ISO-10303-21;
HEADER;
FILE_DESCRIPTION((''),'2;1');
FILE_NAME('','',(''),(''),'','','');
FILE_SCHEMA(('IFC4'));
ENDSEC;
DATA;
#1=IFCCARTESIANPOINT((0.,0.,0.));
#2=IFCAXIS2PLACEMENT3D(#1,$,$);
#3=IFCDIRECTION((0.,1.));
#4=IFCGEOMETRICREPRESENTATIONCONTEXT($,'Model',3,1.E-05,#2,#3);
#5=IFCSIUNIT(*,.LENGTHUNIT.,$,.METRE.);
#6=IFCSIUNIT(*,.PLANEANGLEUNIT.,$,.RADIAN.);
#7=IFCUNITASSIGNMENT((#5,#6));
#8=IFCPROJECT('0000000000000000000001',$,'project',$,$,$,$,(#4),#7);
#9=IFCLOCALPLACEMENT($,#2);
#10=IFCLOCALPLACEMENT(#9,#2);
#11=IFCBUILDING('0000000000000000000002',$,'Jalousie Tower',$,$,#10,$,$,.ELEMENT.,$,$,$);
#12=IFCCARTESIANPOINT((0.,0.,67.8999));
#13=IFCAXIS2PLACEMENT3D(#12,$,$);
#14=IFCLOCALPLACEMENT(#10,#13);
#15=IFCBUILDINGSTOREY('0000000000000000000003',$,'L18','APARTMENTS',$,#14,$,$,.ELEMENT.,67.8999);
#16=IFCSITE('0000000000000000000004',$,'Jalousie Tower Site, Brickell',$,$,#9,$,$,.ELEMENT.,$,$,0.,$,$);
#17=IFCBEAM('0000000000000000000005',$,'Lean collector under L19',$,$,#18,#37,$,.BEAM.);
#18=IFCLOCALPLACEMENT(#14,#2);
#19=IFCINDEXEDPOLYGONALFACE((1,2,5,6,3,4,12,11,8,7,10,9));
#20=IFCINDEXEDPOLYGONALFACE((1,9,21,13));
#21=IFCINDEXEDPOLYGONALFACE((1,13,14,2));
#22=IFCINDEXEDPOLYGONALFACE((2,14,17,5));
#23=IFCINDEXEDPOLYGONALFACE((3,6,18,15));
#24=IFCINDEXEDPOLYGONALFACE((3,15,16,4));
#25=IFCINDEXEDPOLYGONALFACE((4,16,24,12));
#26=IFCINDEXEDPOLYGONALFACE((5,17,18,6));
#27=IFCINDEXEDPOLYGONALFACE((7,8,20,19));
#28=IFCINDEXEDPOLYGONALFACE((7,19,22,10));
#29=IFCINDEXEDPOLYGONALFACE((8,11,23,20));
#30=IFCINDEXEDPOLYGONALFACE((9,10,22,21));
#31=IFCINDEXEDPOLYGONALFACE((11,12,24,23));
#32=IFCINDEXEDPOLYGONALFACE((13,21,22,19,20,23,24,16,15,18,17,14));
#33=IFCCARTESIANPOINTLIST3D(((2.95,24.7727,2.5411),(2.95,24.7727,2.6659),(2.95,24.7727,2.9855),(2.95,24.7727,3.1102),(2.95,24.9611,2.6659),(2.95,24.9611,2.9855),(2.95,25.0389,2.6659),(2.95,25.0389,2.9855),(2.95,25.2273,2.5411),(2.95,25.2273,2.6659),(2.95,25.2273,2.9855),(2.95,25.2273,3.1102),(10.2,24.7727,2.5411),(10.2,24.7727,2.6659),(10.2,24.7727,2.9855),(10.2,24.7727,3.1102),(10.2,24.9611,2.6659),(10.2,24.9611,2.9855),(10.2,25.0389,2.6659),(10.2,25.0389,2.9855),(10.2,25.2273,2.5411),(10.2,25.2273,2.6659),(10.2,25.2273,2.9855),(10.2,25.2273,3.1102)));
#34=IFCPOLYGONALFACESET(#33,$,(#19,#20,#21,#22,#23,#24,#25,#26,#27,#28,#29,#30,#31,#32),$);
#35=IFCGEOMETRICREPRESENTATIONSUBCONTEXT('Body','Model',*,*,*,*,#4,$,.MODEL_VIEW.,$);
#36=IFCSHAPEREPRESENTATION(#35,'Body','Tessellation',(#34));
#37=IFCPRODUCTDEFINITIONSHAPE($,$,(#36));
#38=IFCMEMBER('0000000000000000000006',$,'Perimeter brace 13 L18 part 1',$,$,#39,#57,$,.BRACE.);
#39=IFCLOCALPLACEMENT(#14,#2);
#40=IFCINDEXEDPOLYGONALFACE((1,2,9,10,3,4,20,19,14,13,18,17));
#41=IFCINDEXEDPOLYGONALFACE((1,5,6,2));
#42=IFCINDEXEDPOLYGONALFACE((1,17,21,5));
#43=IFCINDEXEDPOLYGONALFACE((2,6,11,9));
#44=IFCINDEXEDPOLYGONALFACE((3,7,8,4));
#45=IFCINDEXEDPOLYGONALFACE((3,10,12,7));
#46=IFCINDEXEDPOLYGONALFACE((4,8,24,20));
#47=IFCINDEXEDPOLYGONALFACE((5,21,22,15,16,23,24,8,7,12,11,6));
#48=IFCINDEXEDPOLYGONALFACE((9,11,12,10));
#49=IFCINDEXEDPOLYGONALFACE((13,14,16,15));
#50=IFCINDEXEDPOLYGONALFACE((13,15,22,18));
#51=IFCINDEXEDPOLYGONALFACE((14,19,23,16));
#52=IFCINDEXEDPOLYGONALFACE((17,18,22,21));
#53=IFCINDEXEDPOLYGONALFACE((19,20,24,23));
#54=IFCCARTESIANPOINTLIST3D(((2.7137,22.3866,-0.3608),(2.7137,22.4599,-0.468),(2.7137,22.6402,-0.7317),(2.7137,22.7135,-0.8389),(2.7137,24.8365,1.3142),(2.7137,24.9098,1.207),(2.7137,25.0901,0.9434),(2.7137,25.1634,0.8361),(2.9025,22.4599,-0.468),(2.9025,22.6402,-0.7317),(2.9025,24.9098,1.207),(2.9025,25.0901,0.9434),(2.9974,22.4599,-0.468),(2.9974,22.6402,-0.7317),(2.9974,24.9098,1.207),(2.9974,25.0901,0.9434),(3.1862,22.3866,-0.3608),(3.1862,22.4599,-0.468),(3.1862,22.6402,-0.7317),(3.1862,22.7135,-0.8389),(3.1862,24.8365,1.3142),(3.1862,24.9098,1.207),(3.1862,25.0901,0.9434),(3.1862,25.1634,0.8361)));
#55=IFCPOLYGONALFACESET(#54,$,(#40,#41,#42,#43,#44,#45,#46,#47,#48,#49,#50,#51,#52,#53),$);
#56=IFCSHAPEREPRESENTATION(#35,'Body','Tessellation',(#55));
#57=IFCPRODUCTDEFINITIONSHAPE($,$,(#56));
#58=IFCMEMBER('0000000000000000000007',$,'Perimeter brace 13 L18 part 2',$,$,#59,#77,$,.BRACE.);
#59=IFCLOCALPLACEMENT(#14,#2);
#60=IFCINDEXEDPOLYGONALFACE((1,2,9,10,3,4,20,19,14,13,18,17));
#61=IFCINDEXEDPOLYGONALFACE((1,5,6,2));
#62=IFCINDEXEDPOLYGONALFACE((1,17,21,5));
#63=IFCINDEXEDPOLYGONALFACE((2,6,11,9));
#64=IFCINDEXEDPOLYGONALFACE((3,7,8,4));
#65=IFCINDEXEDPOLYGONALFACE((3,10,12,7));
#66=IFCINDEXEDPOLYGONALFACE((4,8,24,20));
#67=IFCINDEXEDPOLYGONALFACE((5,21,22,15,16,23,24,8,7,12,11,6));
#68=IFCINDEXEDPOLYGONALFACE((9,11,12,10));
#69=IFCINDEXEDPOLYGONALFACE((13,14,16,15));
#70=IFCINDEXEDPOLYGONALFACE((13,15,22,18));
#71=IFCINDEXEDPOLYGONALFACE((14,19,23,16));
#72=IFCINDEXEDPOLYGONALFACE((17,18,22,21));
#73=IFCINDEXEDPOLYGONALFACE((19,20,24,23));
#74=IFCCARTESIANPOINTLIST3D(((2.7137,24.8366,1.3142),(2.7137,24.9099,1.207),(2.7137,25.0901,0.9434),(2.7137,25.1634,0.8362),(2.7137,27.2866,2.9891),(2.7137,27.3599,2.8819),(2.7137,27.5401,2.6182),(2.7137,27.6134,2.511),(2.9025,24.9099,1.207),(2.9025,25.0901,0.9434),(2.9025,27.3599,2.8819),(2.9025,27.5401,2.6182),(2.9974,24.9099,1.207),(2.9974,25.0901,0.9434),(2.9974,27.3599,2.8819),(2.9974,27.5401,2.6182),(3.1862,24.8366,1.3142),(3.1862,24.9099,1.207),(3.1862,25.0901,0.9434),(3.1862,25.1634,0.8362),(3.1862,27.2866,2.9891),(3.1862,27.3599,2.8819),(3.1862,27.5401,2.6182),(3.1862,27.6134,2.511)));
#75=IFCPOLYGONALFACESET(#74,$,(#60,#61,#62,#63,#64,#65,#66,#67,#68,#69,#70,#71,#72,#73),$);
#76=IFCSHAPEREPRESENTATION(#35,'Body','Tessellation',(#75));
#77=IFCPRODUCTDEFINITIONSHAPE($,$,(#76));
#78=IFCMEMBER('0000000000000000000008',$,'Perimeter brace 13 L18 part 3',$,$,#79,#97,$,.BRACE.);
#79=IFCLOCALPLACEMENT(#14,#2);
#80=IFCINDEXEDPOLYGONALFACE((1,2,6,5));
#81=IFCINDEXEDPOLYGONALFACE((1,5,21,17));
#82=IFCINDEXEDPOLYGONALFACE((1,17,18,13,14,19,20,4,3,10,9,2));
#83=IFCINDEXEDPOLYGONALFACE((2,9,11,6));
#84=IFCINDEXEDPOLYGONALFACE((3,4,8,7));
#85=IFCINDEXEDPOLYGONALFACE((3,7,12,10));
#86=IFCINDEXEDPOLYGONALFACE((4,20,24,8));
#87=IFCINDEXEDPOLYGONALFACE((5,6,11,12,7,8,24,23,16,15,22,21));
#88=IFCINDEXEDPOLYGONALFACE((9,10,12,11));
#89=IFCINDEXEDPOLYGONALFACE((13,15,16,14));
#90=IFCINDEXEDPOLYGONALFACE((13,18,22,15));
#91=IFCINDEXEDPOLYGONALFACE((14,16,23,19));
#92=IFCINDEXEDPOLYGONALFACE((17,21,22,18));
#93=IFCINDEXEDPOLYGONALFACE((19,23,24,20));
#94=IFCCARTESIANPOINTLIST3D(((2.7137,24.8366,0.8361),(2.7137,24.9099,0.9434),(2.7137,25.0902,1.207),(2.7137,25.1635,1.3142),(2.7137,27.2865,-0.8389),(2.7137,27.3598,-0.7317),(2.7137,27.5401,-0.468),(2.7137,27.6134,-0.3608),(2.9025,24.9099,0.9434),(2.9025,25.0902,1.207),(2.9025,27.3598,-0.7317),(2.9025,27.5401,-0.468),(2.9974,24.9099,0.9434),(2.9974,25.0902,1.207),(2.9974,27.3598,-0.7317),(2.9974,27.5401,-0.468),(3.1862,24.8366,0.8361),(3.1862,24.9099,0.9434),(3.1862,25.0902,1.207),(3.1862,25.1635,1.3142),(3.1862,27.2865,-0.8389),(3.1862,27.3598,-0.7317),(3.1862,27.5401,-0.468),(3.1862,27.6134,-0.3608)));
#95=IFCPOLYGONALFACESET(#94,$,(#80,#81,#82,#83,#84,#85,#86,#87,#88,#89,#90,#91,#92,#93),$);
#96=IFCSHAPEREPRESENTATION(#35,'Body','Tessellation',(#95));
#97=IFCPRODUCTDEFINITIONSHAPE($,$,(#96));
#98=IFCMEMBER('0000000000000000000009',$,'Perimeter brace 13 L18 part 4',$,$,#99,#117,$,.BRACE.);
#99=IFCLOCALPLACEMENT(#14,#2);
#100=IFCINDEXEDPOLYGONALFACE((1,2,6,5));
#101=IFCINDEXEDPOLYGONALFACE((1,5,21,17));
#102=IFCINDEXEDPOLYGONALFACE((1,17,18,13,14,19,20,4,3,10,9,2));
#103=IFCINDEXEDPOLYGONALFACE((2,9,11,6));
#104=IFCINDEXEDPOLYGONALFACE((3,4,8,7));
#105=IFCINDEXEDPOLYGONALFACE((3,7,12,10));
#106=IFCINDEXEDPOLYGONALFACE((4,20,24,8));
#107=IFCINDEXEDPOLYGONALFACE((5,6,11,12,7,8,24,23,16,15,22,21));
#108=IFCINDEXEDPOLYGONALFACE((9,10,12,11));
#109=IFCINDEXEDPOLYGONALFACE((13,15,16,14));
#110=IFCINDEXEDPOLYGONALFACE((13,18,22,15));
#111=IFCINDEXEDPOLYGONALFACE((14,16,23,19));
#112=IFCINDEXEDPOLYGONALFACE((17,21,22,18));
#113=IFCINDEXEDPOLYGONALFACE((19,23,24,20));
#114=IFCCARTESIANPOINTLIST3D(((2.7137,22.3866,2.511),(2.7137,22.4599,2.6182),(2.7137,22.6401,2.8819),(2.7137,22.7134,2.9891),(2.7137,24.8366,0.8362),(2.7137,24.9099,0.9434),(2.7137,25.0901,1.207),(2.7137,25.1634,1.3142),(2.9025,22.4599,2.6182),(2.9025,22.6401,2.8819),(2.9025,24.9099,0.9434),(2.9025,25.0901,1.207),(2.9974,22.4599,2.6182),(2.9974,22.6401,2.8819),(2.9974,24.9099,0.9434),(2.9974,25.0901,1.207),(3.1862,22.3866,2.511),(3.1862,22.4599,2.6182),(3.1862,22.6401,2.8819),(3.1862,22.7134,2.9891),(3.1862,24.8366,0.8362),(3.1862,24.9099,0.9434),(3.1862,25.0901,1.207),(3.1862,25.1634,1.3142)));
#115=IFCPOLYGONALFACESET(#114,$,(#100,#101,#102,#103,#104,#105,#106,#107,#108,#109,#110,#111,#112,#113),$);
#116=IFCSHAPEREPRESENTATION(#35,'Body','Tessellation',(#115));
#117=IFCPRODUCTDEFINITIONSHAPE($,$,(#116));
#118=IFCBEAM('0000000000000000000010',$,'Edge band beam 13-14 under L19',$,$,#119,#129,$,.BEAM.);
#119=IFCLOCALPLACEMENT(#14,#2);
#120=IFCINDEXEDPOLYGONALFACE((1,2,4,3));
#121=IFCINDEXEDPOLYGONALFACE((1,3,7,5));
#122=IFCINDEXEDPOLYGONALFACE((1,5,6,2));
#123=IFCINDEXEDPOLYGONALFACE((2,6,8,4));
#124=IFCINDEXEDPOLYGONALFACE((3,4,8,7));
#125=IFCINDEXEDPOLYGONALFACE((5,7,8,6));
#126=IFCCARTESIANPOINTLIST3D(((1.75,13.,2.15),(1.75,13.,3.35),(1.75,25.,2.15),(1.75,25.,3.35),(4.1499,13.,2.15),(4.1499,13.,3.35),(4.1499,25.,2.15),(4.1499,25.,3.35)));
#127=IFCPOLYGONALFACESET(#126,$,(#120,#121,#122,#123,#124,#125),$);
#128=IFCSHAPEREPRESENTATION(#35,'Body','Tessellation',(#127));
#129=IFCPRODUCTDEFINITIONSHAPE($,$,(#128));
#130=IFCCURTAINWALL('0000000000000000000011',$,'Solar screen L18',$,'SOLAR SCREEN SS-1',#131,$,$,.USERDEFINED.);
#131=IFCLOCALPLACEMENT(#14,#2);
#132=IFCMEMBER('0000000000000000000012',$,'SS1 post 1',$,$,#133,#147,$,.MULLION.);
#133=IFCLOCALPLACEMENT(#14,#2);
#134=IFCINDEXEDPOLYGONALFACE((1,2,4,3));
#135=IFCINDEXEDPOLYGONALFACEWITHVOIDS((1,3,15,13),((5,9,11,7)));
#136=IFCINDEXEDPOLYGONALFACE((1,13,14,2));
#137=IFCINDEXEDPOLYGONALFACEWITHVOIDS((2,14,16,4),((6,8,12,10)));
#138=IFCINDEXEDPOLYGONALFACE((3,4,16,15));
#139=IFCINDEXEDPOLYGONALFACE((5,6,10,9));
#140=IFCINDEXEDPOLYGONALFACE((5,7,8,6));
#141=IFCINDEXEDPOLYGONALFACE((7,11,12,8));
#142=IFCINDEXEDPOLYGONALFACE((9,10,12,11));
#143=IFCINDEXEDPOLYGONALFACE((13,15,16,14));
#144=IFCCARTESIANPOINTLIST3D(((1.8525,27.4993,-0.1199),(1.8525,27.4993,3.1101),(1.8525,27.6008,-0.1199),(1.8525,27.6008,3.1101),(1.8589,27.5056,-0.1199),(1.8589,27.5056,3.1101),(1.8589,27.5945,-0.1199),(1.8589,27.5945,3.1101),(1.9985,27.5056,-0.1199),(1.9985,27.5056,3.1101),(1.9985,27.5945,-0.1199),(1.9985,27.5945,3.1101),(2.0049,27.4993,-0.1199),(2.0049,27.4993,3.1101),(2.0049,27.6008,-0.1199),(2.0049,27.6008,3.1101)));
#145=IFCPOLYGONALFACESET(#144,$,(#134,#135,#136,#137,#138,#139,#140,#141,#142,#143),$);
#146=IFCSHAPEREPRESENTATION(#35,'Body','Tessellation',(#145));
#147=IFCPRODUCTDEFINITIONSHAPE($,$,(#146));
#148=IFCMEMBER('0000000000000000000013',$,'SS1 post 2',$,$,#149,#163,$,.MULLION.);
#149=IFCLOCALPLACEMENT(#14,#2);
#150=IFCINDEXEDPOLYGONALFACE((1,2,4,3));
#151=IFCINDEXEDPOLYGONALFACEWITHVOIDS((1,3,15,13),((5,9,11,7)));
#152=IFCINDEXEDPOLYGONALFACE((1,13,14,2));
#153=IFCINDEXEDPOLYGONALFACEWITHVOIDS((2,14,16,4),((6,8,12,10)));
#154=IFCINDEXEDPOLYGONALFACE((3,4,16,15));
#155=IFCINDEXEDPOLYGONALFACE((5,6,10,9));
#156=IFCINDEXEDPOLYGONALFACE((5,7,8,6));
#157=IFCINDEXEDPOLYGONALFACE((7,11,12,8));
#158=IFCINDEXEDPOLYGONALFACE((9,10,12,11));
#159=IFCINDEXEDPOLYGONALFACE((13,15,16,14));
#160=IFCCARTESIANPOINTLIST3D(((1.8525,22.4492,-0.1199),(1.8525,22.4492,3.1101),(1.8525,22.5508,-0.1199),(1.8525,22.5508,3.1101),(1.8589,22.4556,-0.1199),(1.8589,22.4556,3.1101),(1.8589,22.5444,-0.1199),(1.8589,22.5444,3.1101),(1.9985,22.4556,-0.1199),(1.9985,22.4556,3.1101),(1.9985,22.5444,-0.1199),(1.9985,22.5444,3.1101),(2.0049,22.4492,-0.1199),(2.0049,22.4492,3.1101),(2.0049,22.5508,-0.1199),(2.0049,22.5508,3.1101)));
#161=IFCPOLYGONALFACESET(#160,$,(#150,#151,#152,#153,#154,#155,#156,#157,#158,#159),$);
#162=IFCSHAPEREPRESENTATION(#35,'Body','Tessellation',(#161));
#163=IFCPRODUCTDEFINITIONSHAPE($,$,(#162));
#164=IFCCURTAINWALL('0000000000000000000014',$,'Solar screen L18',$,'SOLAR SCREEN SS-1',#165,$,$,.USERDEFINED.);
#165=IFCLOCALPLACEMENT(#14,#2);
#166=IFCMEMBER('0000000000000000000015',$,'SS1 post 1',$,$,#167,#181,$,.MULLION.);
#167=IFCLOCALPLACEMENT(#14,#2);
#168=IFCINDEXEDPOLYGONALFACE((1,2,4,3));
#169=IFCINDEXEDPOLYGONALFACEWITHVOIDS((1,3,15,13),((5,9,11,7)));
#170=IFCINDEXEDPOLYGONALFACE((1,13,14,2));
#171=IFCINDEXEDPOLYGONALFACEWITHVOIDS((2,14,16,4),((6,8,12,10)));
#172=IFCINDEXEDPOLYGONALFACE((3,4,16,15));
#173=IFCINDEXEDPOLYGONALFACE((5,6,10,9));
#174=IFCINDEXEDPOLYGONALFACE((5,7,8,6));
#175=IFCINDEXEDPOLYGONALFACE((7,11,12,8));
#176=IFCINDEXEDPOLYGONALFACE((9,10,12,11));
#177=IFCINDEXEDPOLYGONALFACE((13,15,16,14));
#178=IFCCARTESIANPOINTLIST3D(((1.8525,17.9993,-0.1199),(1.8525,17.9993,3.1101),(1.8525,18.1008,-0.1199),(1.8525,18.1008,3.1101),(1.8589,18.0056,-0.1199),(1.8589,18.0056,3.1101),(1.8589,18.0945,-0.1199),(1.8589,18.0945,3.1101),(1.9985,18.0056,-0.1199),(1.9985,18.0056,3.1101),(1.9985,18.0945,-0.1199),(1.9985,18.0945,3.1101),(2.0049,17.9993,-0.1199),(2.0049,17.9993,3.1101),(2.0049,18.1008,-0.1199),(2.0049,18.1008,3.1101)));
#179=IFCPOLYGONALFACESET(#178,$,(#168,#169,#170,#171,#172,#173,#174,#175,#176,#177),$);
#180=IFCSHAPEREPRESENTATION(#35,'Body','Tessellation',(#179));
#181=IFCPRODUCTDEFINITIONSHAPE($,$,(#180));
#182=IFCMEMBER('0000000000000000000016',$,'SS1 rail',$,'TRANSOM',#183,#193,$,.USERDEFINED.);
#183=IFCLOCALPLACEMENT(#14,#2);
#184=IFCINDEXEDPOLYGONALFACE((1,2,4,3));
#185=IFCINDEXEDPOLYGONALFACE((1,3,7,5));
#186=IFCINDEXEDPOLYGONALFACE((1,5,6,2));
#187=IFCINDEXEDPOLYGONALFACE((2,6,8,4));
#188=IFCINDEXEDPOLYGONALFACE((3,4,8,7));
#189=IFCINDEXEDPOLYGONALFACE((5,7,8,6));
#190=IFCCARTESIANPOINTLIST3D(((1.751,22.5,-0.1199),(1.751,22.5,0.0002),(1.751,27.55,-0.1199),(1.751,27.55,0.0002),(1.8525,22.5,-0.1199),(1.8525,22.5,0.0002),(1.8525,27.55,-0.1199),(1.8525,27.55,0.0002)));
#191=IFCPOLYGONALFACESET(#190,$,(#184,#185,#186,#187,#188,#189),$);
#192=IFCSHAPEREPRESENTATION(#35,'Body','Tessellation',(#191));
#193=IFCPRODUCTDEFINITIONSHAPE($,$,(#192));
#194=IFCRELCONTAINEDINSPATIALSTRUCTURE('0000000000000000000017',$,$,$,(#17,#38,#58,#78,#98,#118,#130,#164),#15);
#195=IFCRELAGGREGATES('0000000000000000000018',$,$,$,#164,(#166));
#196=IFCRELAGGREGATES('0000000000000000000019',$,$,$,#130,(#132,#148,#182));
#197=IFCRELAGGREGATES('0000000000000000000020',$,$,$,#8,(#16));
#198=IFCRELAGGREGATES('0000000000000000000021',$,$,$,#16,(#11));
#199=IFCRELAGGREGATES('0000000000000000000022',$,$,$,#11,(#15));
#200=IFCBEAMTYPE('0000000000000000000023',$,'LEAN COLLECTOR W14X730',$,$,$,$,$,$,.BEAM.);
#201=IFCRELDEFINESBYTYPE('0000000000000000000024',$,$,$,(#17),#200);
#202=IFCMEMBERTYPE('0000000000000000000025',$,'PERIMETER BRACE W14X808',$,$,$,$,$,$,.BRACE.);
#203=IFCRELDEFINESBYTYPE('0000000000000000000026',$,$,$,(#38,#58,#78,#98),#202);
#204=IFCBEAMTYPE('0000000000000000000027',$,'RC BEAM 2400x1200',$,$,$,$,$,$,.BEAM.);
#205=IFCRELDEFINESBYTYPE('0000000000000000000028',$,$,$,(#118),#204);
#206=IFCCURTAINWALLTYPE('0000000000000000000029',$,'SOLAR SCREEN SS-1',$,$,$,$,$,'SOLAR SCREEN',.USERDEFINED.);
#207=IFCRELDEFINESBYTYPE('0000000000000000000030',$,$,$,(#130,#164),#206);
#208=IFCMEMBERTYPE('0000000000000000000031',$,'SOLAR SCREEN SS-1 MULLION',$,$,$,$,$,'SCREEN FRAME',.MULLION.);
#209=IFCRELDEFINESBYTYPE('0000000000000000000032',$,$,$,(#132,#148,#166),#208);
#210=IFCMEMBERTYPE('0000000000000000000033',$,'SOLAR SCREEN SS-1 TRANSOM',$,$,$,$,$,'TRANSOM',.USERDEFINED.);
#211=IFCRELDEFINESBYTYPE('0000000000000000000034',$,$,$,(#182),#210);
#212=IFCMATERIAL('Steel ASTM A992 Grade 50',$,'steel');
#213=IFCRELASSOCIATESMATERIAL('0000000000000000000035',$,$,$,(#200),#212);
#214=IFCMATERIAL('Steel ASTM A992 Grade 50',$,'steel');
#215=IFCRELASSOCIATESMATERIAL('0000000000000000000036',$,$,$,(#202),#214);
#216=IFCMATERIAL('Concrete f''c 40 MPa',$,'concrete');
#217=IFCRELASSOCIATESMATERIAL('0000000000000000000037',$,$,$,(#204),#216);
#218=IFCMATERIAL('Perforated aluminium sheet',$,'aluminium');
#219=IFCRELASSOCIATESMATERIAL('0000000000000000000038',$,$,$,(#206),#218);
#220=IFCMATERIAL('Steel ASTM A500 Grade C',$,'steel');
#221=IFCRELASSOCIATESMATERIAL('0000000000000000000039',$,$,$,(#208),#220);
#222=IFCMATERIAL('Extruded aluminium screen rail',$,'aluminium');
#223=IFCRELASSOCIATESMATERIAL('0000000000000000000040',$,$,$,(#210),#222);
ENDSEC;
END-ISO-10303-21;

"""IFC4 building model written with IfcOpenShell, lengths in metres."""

from ifc_helpers import new_model, si_unit, direction, frame, origin, origin_2d, place, context, subcontext, project, spatial, rectangle, hollow_rectangle, i_section, extrude, material, material_profile, profile_set, type_object, element, aggregate, save


model = new_model("IFC4")

# Units and contexts
model_context = context("Model", 3, precision=1e-05, world=origin(), true_north=direction((0.0, 1.0)))
body_context = subcontext(model_context, "Body", "Model", "MODEL_VIEW")
ifc_project = project(units=[si_unit("LENGTHUNIT", "METRE"), si_unit("PLANEANGLEUNIT", "RADIAN")], contexts=[model_context])

# Site, building, storey
site_placement = place(None, origin())
site = spatial("IfcSite", under=ifc_project, at=site_placement, Name="Jalousie Tower Site, Brickell", CompositionType="ELEMENT", RefElevation=0.0)
building_placement = place(site_placement, origin())
building = spatial("IfcBuilding", under=site, at=building_placement, Name="Jalousie Tower", CompositionType="ELEMENT")
storey_placement = place(building_placement, frame((0.0, 0.0, 67.8999)))
storey = spatial("IfcBuildingStorey", under=building, at=storey_placement, Name="L18", Description="APARTMENTS", CompositionType="ELEMENT", Elevation=67.8999)

# Beam
ifc_material_1 = material(Name="Steel ASTM A992 Grade 50", Category="steel")
ifc_material_profile_1 = material_profile(ifc_material_1, i_section(OverallWidth=0.4546, OverallDepth=0.5691, WebThickness=0.0779, FlangeThickness=0.1248, at=origin_2d()), Name="W14X730")
ifc_profile_set_1 = profile_set([ifc_material_profile_1], Name="Steel ASTM A992 Grade 50")
beam_type_1 = type_object("IfcBeamType", Name="LEAN COLLECTOR W14X730", PredefinedType="BEAM", material=ifc_profile_set_1)
beam_1_placement = place(storey_placement, frame((2.95, 25.0, 2.8257), z_axis=(1.0, 0.0, 0.0), x_axis=(0.0, 1.0, 0.0)))
element("IfcBeam", 1, at=beam_1_placement, inside=storey, type_object=beam_type_1, Name="Lean collector under L19", PredefinedType="BEAM", context=body_context, shape_type="SweptSolid", body=[
    extrude(i_section(OverallWidth=0.4546, OverallDepth=0.5691, WebThickness=0.0779, FlangeThickness=0.1248, at=origin_2d()), origin(), (0.0, 0.0, 1.0), 7.25),
])

# Members
ifc_material_2 = material(Name="Steel ASTM A992 Grade 50", Category="steel")
ifc_material_profile_2 = material_profile(ifc_material_2, i_section(OverallWidth=0.4724, OverallDepth=0.5791, WebThickness=0.095, FlangeThickness=0.1299, at=origin_2d()), Name="W14X808")
ifc_profile_set_2 = profile_set([ifc_material_profile_2], Name="Steel ASTM A992 Grade 50")
member_type_1 = type_object("IfcMemberType", Name="PERIMETER BRACE W14X808", PredefinedType="BRACE", material=ifc_profile_set_2)
for number, where, z_axis, x_axis, name in (
    (2, (2.95, 22.55, -0.5999), (0.0, 0.825501, 0.564401), (-1.0, 0.0, 0.0), "Perimeter brace 13 L18 part 1"),
    (3, (2.95, 25.0, 1.0752), (0.0, 0.825539, 0.564345), (-1.0, 0.0, 0.0), "Perimeter brace 13 L18 part 2"),
    (4, (2.95, 27.45, -0.5999), (0.0, -0.825501, 0.564401), (1.0, 0.0, 0.0), "Perimeter brace 13 L18 part 3"),
    (5, (2.95, 25.0, 1.0752), (0.0, -0.825539, 0.564345), (1.0, 0.0, 0.0), "Perimeter brace 13 L18 part 4"),
):
    element("IfcMember", number, at=place(storey_placement, frame(where, z_axis=z_axis, x_axis=x_axis)), inside=storey, type_object=member_type_1, Name=name, PredefinedType="BRACE", context=body_context, shape_type="SweptSolid", body=[
        extrude(i_section(OverallWidth=0.4724, OverallDepth=0.5791, WebThickness=0.095, FlangeThickness=0.1299, at=origin_2d()), origin(), (0.0, 0.0, 1.0), 2.9678),
    ])

# Beam
ifc_material_3 = material(Name="Concrete f'c 40 MPa", Category="concrete")
ifc_material_profile_3 = material_profile(ifc_material_3, rectangle(XDim=2.3999, YDim=1.2, at=origin_2d()), Name="RC 2400x1200")
ifc_profile_set_3 = profile_set([ifc_material_profile_3], Name="Concrete f'c 40 MPa")
beam_type_2 = type_object("IfcBeamType", Name="RC BEAM 2400x1200", PredefinedType="BEAM", material=ifc_profile_set_3)
beam_2_placement = place(storey_placement, frame((2.95, 25.0, 2.75), z_axis=(0.0, -1.0, 0.0), x_axis=(1.0, 0.0, 0.0)))
element("IfcBeam", 6, at=beam_2_placement, inside=storey, type_object=beam_type_2, Name="Edge band beam 13-14 under L19", PredefinedType="BEAM", context=body_context, shape_type="SweptSolid", body=[
    extrude(rectangle(XDim=2.3999, YDim=1.2, at=origin_2d()), origin(), (0.0, 0.0, 1.0), 12.0),
])

# Curtain wall, members
ifc_material_4 = material(Name="Perforated aluminium sheet", Category="aluminium")
curtain_wall_type = type_object("IfcCurtainWallType", Name="SOLAR SCREEN SS-1", ElementType="SOLAR SCREEN", PredefinedType="USERDEFINED", material=ifc_material_4)
curtain_wall_1_placement = place(storey_placement, origin())
curtain_wall_1 = element("IfcCurtainWall", 7, at=curtain_wall_1_placement, inside=storey, type_object=curtain_wall_type, Name="Solar screen L18", ObjectType="SOLAR SCREEN SS-1", PredefinedType="USERDEFINED")
ifc_material_5 = material(Name="Steel ASTM A500 Grade C", Category="steel")
ifc_material_profile_4 = material_profile(ifc_material_5, hollow_rectangle(XDim=0.1016, YDim=0.1523, WallThickness=0.0063, at=origin_2d()), Name="HSS6X4X1/4")
ifc_profile_set_4 = profile_set([ifc_material_profile_4], Name="Steel ASTM A500 Grade C")
member_type_2 = type_object("IfcMemberType", Name="SOLAR SCREEN SS-1 MULLION", ElementType="SCREEN FRAME", PredefinedType="MULLION", material=ifc_profile_set_4)
member_1_placement = place(storey_placement, frame((1.9287, 27.55, -0.1199), z_axis=(0.0, 0.0, 1.0), x_axis=(0.0, -1.0, 0.0)))
member_1 = element("IfcMember", 8, at=member_1_placement, type_object=member_type_2, Name="SS1 post 1", PredefinedType="MULLION", context=body_context, shape_type="SweptSolid", body=[
    extrude(hollow_rectangle(XDim=0.1016, YDim=0.1523, WallThickness=0.0063, at=origin_2d()), origin(), (0.0, 0.0, 1.0), 3.23),
])
member_2_placement = place(storey_placement, frame((1.9287, 22.5, -0.1199), z_axis=(0.0, 0.0, 1.0), x_axis=(0.0, -1.0, 0.0)))
member_2 = element("IfcMember", 9, at=member_2_placement, type_object=member_type_2, Name="SS1 post 2", PredefinedType="MULLION", context=body_context, shape_type="SweptSolid", body=[
    extrude(hollow_rectangle(XDim=0.1016, YDim=0.1523, WallThickness=0.0063, at=origin_2d()), origin(), (0.0, 0.0, 1.0), 3.23),
])

# Curtain wall, member
curtain_wall_2_placement = place(storey_placement, origin())
curtain_wall_2 = element("IfcCurtainWall", 10, at=curtain_wall_2_placement, inside=storey, type_object=curtain_wall_type, Name="Solar screen L18", ObjectType="SOLAR SCREEN SS-1", PredefinedType="USERDEFINED")
member_3_placement = place(storey_placement, frame((1.9287, 18.05, -0.1199), z_axis=(0.0, 0.0, 1.0), x_axis=(0.0, -1.0, 0.0)))
member_3 = element("IfcMember", 11, at=member_3_placement, type_object=member_type_2, Name="SS1 post 1", PredefinedType="MULLION", context=body_context, shape_type="SweptSolid", body=[
    extrude(hollow_rectangle(XDim=0.1016, YDim=0.1523, WallThickness=0.0063, at=origin_2d()), origin(), (0.0, 0.0, 1.0), 3.23),
])

# Member
ifc_material_6 = material(Name="Extruded aluminium screen rail", Category="aluminium")
ifc_material_profile_5 = material_profile(ifc_material_6, rectangle(XDim=0.1016, YDim=0.1201, at=origin_2d()), Name="RAIL 102x120")
ifc_profile_set_5 = profile_set([ifc_material_profile_5], Name="Extruded aluminium screen rail")
member_type_3 = type_object("IfcMemberType", Name="SOLAR SCREEN SS-1 TRANSOM", ElementType="TRANSOM", PredefinedType="USERDEFINED", material=ifc_profile_set_5)
member_4_placement = place(storey_placement, frame((1.8018, 27.55, -0.0598), z_axis=(0.0, -1.0, 0.0), x_axis=(1.0, 0.0, 0.0)))
member_4 = element("IfcMember", 12, at=member_4_placement, type_object=member_type_3, Name="SS1 rail", ObjectType="TRANSOM", PredefinedType="USERDEFINED", context=body_context, shape_type="SweptSolid", body=[
    extrude(rectangle(XDim=0.1016, YDim=0.1201, at=origin_2d()), origin(), (0.0, 0.0, 1.0), 5.05),
])
aggregate(curtain_wall_2, [member_3])

aggregate(curtain_wall_1, [member_1, member_2, member_4])

save(model, "model.ifc")
